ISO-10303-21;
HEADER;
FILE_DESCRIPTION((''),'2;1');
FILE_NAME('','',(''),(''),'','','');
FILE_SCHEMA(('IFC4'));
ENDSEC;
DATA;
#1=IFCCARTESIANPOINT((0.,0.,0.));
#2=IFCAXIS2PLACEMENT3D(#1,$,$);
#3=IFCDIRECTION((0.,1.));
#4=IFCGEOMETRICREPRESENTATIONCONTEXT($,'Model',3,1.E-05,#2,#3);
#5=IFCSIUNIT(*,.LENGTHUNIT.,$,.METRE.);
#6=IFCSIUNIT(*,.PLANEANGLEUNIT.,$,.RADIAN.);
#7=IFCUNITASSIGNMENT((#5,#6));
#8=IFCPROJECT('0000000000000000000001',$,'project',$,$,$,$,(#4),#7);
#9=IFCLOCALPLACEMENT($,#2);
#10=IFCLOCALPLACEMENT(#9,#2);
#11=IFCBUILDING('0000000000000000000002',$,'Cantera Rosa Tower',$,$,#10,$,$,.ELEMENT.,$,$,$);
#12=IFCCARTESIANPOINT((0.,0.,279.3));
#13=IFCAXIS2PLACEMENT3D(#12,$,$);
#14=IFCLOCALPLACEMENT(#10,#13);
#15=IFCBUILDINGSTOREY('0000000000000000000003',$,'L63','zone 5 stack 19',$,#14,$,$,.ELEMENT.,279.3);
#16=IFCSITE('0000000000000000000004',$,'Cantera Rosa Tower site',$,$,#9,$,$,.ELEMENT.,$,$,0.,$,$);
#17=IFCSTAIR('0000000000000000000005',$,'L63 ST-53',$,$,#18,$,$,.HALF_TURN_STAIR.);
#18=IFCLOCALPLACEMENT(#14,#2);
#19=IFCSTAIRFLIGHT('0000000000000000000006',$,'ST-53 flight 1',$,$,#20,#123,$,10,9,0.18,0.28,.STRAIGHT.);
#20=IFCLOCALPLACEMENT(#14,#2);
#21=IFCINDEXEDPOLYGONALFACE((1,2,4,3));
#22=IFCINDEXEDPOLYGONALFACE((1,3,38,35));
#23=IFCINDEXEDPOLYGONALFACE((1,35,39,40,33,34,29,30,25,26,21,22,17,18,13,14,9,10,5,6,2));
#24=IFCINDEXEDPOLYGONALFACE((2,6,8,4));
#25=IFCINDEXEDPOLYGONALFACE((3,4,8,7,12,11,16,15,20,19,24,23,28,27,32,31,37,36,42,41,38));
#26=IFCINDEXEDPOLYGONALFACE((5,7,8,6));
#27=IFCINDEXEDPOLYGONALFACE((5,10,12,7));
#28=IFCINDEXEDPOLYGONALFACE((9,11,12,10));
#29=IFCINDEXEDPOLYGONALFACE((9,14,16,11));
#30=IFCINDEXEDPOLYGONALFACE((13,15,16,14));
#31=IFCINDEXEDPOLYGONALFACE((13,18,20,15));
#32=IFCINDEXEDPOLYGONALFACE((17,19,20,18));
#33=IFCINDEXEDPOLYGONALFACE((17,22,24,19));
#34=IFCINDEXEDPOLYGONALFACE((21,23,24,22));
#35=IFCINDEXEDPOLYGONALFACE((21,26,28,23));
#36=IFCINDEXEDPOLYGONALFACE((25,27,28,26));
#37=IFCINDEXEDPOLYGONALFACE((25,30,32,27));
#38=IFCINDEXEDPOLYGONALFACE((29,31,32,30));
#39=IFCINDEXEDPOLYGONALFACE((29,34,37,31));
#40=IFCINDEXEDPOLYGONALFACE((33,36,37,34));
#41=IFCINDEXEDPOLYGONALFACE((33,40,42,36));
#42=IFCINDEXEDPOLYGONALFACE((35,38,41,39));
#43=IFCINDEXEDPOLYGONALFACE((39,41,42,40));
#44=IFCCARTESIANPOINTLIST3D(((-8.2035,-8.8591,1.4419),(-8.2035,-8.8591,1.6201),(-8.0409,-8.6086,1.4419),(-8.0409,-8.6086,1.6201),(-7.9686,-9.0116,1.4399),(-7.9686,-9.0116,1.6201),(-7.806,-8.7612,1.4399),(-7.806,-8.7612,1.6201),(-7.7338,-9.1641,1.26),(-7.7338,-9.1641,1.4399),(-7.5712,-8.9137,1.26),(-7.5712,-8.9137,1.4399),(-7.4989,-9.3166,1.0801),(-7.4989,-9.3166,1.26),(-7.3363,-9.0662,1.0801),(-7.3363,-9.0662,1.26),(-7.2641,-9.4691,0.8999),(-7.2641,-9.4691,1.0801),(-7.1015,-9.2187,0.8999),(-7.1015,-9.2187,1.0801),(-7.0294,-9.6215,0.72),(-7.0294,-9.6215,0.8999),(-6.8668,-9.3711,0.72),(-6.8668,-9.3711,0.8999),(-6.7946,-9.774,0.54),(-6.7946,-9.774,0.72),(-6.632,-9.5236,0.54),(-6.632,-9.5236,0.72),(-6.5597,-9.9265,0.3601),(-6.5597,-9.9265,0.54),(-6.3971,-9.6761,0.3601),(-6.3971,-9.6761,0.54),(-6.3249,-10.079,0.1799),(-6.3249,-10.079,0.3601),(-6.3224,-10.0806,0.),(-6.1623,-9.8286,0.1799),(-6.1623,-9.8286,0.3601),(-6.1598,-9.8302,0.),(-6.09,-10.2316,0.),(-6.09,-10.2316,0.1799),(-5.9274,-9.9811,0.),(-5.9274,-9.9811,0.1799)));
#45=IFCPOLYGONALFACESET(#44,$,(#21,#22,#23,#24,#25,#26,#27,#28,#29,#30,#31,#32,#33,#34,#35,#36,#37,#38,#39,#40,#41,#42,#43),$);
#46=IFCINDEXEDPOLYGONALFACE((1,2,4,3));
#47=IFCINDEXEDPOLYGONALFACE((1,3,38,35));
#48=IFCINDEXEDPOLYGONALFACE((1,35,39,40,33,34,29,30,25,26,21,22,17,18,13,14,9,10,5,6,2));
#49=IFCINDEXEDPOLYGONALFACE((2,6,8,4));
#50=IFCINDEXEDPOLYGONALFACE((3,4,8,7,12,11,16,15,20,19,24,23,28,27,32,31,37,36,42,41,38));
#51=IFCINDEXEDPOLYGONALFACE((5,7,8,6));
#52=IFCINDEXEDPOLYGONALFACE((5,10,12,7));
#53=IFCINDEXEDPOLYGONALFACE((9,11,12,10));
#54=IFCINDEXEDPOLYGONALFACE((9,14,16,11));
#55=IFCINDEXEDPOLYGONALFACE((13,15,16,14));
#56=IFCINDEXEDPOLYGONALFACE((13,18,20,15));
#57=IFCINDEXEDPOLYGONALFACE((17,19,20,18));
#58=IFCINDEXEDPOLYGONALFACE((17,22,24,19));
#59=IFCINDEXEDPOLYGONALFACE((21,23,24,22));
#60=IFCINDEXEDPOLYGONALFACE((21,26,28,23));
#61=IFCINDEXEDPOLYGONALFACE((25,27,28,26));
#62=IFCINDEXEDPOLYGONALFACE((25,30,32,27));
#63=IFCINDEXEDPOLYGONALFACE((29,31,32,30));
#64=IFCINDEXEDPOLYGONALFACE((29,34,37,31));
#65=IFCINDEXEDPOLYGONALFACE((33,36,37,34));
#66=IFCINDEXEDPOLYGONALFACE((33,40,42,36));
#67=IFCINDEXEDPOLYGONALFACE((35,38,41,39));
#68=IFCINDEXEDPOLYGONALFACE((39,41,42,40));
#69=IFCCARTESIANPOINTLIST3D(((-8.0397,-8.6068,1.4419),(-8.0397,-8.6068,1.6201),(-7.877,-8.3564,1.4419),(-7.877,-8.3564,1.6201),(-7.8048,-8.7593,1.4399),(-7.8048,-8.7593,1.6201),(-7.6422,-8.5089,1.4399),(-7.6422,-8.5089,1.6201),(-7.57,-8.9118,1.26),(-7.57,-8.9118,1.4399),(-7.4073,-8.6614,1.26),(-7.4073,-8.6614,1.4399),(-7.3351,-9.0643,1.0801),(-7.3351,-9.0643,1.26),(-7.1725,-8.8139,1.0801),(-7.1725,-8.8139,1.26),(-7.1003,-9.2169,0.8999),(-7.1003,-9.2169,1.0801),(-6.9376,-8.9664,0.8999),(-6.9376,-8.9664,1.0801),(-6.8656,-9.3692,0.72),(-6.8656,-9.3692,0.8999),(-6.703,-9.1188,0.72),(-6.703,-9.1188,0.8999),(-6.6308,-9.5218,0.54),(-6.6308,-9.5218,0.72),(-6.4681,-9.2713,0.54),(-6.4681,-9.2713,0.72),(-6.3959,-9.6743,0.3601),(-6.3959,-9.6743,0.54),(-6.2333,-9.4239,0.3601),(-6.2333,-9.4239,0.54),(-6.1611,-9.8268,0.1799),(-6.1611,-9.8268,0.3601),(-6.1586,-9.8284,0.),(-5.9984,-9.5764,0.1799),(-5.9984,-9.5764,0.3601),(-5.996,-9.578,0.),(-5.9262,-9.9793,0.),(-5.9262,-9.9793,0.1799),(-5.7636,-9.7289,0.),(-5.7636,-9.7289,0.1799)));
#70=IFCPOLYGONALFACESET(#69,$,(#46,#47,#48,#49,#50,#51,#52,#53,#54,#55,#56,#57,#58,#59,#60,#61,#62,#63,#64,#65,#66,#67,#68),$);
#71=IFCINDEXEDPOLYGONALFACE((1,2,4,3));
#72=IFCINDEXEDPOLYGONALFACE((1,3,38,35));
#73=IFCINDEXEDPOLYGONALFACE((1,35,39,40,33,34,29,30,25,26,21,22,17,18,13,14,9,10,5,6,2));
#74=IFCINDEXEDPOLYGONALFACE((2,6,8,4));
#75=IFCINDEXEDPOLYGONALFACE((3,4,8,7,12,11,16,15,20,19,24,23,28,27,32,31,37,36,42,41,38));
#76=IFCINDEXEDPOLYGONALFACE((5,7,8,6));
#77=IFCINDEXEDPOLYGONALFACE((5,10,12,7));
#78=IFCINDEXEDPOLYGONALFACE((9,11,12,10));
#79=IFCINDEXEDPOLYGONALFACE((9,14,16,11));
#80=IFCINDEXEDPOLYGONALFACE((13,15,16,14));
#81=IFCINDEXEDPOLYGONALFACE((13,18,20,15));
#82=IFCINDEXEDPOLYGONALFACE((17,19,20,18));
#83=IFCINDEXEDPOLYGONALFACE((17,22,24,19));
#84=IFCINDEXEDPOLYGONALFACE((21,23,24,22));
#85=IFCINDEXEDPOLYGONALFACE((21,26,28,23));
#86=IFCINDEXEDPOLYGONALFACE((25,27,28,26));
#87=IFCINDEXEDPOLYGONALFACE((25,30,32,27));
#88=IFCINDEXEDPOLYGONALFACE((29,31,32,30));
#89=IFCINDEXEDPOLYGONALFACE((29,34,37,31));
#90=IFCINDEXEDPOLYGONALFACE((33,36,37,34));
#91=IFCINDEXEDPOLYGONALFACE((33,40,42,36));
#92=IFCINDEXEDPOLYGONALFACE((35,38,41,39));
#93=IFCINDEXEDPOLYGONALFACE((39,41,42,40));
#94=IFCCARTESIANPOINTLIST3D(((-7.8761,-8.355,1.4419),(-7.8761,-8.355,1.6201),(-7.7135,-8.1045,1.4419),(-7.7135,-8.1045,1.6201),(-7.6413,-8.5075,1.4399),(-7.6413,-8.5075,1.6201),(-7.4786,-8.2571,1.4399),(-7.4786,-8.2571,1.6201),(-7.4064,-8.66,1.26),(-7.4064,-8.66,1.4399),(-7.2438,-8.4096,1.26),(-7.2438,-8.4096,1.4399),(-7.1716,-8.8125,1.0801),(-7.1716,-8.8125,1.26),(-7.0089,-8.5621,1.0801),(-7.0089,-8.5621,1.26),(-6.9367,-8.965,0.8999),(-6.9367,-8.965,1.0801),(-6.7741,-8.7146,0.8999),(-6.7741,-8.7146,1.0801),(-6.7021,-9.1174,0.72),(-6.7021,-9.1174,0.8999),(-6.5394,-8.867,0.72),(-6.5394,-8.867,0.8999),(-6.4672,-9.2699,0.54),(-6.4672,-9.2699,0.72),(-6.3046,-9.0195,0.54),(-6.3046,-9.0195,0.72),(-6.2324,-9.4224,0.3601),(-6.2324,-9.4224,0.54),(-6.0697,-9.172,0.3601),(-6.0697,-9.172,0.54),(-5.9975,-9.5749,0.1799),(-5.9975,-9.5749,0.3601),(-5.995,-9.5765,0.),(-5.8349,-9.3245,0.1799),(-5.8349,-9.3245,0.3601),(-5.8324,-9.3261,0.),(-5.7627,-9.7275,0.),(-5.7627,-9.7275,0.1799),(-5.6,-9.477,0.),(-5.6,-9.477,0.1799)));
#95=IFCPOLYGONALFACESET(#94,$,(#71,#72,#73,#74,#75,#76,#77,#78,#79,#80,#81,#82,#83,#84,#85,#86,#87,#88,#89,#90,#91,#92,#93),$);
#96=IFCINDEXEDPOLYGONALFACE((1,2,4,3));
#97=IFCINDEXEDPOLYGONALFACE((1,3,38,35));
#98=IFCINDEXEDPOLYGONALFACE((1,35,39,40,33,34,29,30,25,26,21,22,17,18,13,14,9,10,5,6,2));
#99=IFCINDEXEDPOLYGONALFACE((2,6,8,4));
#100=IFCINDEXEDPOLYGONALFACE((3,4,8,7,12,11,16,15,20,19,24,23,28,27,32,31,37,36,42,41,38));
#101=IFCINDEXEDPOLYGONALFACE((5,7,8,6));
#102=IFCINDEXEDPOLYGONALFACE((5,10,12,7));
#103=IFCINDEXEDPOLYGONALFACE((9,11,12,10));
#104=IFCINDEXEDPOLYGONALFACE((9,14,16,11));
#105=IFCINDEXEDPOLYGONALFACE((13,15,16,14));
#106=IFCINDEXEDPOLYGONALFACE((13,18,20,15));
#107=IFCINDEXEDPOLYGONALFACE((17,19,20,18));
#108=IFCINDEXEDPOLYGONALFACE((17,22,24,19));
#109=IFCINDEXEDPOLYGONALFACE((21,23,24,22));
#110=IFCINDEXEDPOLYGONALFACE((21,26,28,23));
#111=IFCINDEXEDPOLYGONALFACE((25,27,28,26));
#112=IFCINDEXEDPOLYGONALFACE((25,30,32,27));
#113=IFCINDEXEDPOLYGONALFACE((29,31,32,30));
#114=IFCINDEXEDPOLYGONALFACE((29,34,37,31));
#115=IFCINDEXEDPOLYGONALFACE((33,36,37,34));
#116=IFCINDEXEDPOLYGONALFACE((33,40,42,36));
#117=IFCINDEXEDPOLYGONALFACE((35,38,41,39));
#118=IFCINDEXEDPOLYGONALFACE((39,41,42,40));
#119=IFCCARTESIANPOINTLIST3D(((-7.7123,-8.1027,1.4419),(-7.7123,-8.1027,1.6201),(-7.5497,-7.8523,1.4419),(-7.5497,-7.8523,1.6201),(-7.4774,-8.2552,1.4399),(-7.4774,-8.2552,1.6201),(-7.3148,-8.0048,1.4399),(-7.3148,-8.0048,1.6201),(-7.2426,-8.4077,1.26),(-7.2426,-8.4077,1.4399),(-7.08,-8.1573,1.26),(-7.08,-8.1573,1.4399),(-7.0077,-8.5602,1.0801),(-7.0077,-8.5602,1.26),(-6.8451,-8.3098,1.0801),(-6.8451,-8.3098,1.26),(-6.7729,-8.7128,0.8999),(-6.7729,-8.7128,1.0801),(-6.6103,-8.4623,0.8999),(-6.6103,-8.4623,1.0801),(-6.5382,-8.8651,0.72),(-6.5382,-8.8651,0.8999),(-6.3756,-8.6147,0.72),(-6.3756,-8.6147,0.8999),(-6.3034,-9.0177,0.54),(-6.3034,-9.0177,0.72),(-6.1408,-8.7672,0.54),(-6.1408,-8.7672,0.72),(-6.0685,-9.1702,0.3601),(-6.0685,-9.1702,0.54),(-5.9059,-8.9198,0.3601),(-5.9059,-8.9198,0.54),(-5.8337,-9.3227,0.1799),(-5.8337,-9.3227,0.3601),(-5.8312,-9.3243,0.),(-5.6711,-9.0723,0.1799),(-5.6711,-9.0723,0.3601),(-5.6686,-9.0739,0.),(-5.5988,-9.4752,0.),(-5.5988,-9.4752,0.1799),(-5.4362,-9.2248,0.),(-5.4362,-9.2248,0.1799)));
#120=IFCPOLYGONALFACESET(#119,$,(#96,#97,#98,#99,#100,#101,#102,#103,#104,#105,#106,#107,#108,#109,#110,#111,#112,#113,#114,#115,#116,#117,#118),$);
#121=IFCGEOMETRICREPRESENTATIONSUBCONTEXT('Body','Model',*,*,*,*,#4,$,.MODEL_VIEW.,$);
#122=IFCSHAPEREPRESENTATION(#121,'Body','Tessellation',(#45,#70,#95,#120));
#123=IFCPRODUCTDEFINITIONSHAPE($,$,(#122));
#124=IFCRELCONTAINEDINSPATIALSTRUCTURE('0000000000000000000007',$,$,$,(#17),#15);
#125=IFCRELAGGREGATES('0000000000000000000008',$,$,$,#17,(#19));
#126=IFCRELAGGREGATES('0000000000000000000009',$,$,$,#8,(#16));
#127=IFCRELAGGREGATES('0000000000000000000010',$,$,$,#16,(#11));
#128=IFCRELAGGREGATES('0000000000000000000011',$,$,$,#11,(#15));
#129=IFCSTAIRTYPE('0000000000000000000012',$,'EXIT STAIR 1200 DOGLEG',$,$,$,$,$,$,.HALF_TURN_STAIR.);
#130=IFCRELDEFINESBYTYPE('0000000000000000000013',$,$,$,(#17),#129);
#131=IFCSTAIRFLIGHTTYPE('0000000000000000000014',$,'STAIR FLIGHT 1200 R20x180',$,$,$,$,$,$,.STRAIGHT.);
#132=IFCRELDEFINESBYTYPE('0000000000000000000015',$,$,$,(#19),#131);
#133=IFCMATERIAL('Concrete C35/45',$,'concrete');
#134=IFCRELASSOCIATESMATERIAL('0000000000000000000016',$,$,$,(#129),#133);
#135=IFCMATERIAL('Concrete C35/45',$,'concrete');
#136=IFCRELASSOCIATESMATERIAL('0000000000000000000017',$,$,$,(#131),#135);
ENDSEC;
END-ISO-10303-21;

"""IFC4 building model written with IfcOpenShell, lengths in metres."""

from ifc_helpers import new_model, si_unit, direction, frame, origin, place, context, subcontext, project, spatial, polyline, outline, extrude, material, type_object, element, aggregate, save


model = new_model("IFC4")

# Units and contexts
model_context = context("Model", 3, precision=1e-05, world=origin(), true_north=direction((0.0, 1.0)))
body_context = subcontext(model_context, "Body", "Model", "MODEL_VIEW")
ifc_project = project(units=[si_unit("LENGTHUNIT", "METRE"), si_unit("PLANEANGLEUNIT", "RADIAN")], contexts=[model_context])

# Site, building, storey
site_placement = place(None, origin())
site = spatial("IfcSite", under=ifc_project, at=site_placement, Name="Cantera Rosa Tower site", CompositionType="ELEMENT", RefElevation=0.0)
building_placement = place(site_placement, origin())
building = spatial("IfcBuilding", under=site, at=building_placement, Name="Cantera Rosa Tower", CompositionType="ELEMENT")
storey_placement = place(building_placement, frame((0.0, 0.0, 279.3)))
storey = spatial("IfcBuildingStorey", under=building, at=storey_placement, Name="L63", Description="zone 5 stack 19", CompositionType="ELEMENT", Elevation=279.3)

# Stair, stair flight
ifc_material_1 = material(Name="Concrete C35/45", Category="concrete")
stair_type = type_object("IfcStairType", Name="EXIT STAIR 1200 DOGLEG", PredefinedType="HALF_TURN_STAIR", material=ifc_material_1)
stair_placement = place(storey_placement, origin())
stair = element("IfcStair", 1, at=stair_placement, inside=storey, type_object=stair_type, Name="L63 ST-53", PredefinedType="HALF_TURN_STAIR")
ifc_material_2 = material(Name="Concrete C35/45", Category="concrete")
stair_flight_type = type_object("IfcStairFlightType", Name="STAIR FLIGHT 1200 R20x180", PredefinedType="STRAIGHT", material=ifc_material_2)
stair_flight_1_placement = place(storey_placement, frame((-5.7632, -9.7283, 0.0), z_axis=(0.0, 0.0, 1.0), x_axis=(-0.838671, 0.544639, 0.0)))
stair_flight_1 = element("IfcStairFlight", 2, at=stair_flight_1_placement, type_object=stair_flight_type, Name="ST-53 flight 1", NumberOfRisers=10, NumberOfTreads=9, PredefinedType="STRAIGHT", RiserHeight=0.18, TreadLength=0.28, context=body_context, shape_type="SweptSolid", body=[
    extrude(outline(polyline([(0.0, 0.0), (0.0, 0.1799), (0.28, 0.1799), (0.28, 0.3601), (0.5601, 0.3601), (0.5601, 0.54), (0.8401, 0.54), (0.8401, 0.72), (1.1201, 0.72), (1.1201, 0.8999), (1.3999, 0.8999), (1.3999, 1.0801), (1.6799, 1.0801), (1.6799, 1.26), (1.96, 1.26), (1.96, 1.4399), (2.24, 1.4399), (2.24, 1.6201), (2.52, 1.6201), (2.52, 1.8), (2.52, 1.4419), (0.2771, 0.0), (0.0, 0.0)])), frame((0.0, 0.6001, 0.0), z_axis=(0.0, -1.0, 0.0), x_axis=(1.0, 0.0, 0.0)), (0.0, 0.0, 1.0), 0.2986),
    extrude(outline(polyline([(0.0, 0.0), (0.0, 0.1799), (0.28, 0.1799), (0.28, 0.3601), (0.5601, 0.3601), (0.5601, 0.54), (0.8401, 0.54), (0.8401, 0.72), (1.1201, 0.72), (1.1201, 0.8999), (1.3999, 0.8999), (1.3999, 1.0801), (1.6799, 1.0801), (1.6799, 1.26), (1.96, 1.26), (1.96, 1.4399), (2.24, 1.4399), (2.24, 1.6201), (2.52, 1.6201), (2.52, 1.8), (2.52, 1.4419), (0.2771, 0.0), (0.0, 0.0)])), frame((0.0, 0.2993, 0.0), z_axis=(0.0, -1.0, 0.0), x_axis=(1.0, 0.0, 0.0)), (0.0, 0.0, 1.0), 0.2986),
    extrude(outline(polyline([(0.0, 0.0), (0.0, 0.1799), (0.28, 0.1799), (0.28, 0.3601), (0.5601, 0.3601), (0.5601, 0.54), (0.8401, 0.54), (0.8401, 0.72), (1.1201, 0.72), (1.1201, 0.8999), (1.3999, 0.8999), (1.3999, 1.0801), (1.6799, 1.0801), (1.6799, 1.26), (1.96, 1.26), (1.96, 1.4399), (2.24, 1.4399), (2.24, 1.6201), (2.52, 1.6201), (2.52, 1.8), (2.52, 1.4419), (0.2771, 0.0), (0.0, 0.0)])), frame((0.0, -0.001, 0.0), z_axis=(0.0, -1.0, 0.0), x_axis=(1.0, 0.0, 0.0)), (0.0, 0.0, 1.0), 0.2986),
    extrude(outline(polyline([(0.0, 0.0), (0.0, 0.1799), (0.28, 0.1799), (0.28, 0.3601), (0.5601, 0.3601), (0.5601, 0.54), (0.8401, 0.54), (0.8401, 0.72), (1.1201, 0.72), (1.1201, 0.8999), (1.3999, 0.8999), (1.3999, 1.0801), (1.6799, 1.0801), (1.6799, 1.26), (1.96, 1.26), (1.96, 1.4399), (2.24, 1.4399), (2.24, 1.6201), (2.52, 1.6201), (2.52, 1.8), (2.52, 1.4419), (0.2771, 0.0), (0.0, 0.0)])), frame((0.0, -0.3018, 0.0), z_axis=(0.0, -1.0, 0.0), x_axis=(1.0, 0.0, 0.0)), (0.0, 0.0, 1.0), 0.2986),
])
aggregate(stair, [stair_flight_1])

save(model, "model.ifc")
